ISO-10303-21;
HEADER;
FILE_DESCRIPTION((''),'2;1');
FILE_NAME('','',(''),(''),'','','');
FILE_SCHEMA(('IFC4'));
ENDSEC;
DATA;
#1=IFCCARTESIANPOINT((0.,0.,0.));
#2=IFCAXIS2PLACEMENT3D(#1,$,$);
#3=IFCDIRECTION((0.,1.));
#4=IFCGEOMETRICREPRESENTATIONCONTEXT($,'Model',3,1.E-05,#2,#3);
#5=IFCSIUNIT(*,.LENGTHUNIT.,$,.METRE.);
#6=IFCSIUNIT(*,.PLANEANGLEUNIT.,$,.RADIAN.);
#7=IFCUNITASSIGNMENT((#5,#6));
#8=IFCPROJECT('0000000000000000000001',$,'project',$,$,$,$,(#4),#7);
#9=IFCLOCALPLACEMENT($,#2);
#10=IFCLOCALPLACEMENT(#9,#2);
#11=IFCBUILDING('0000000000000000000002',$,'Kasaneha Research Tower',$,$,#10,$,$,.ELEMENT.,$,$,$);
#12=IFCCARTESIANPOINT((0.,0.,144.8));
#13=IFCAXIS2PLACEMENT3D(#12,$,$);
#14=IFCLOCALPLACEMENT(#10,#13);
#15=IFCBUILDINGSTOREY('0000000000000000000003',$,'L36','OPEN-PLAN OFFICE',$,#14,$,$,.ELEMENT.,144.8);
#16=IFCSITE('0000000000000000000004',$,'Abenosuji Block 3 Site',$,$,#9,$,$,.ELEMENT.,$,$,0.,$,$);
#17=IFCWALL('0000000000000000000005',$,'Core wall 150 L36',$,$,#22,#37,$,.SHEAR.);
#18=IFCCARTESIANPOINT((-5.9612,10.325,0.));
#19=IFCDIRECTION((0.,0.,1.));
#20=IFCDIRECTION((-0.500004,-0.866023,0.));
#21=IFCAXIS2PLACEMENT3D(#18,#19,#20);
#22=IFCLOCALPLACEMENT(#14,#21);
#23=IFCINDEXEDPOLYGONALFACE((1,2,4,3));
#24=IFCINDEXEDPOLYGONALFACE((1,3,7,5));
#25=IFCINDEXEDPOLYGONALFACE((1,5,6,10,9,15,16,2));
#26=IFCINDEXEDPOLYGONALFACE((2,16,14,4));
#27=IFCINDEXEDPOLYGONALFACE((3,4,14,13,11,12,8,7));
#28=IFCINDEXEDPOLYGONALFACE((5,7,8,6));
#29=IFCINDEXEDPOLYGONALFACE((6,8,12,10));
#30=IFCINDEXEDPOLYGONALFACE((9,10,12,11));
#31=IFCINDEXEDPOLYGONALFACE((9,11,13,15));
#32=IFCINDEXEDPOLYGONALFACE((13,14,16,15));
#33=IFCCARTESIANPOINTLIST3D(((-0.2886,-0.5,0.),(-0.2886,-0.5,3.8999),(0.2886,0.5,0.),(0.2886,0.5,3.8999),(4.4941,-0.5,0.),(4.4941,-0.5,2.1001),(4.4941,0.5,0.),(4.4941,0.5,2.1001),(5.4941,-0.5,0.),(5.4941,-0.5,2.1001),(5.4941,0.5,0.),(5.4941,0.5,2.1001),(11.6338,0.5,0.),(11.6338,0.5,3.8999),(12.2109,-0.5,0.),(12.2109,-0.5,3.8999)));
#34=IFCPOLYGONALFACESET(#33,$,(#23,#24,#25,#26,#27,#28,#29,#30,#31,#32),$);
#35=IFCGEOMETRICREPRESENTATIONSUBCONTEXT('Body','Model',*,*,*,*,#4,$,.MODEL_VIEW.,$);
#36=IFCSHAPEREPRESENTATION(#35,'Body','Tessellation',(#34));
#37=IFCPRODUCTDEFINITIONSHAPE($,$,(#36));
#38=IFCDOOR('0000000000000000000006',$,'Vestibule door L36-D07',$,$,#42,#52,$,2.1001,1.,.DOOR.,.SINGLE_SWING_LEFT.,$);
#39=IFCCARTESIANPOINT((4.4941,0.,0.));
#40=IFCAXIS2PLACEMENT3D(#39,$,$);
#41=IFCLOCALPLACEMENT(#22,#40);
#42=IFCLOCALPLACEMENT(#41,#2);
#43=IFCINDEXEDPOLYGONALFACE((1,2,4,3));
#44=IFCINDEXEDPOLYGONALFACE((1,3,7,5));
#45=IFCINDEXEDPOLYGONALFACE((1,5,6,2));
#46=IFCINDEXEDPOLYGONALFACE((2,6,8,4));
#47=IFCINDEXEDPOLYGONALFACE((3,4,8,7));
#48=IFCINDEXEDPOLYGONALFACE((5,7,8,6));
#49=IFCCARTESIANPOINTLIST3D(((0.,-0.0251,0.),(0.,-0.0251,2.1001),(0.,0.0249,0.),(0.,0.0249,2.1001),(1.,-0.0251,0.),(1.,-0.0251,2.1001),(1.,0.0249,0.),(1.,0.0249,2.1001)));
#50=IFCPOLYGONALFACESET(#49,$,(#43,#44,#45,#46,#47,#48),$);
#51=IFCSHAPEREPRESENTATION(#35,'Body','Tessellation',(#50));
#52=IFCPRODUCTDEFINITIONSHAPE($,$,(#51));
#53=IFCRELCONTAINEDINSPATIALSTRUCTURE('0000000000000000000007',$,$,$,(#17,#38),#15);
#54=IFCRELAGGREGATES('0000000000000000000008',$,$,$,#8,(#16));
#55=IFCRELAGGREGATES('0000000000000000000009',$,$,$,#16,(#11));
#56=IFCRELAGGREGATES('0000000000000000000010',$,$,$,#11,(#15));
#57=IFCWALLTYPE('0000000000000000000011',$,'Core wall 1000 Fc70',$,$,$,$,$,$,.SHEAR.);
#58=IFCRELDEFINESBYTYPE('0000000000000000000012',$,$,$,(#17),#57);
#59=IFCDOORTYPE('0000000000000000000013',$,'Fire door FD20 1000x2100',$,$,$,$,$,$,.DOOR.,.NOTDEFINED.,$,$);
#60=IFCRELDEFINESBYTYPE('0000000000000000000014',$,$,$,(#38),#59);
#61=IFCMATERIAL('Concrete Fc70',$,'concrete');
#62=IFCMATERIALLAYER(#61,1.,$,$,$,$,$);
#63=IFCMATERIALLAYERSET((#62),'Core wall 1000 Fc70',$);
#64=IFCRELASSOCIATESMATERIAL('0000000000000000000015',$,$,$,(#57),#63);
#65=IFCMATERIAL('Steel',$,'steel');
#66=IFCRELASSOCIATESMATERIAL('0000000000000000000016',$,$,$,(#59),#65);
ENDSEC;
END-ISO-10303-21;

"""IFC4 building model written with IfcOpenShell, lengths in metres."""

from ifc_helpers import new_model, si_unit, direction, frame, frame_2d, origin, place, context, subcontext, project, spatial, polyline, rectangle, outline, extrude, material, layer, layer_set, type_object, element, fill, save


model = new_model("IFC4")

# Units and contexts
model_context = context("Model", 3, precision=1e-05, world=origin(), true_north=direction((0.0, 1.0)))
body_context = subcontext(model_context, "Body", "Model", "MODEL_VIEW")
ifc_project = project(units=[si_unit("LENGTHUNIT", "METRE"), si_unit("PLANEANGLEUNIT", "RADIAN")], contexts=[model_context])

# Site, building, storey
site_placement = place(None, origin())
site = spatial("IfcSite", under=ifc_project, at=site_placement, Name="Abenosuji Block 3 Site", CompositionType="ELEMENT", RefElevation=0.0)
building_placement = place(site_placement, origin())
building = spatial("IfcBuilding", under=site, at=building_placement, Name="Kasaneha Research Tower", CompositionType="ELEMENT")
storey_placement = place(building_placement, frame((0.0, 0.0, 144.8)))
storey = spatial("IfcBuildingStorey", under=building, at=storey_placement, Name="L36", Description="OPEN-PLAN OFFICE", CompositionType="ELEMENT", Elevation=144.8)

# Wall, opening, door
ifc_material_1 = material(Name="Concrete Fc70", Category="concrete")
ifc_layer_1 = layer(ifc_material_1, 1.0)
ifc_layer_set_1 = layer_set([ifc_layer_1], Name="Core wall 1000 Fc70")
wall_type_1 = type_object("IfcWallType", Name="Core wall 1000 Fc70", PredefinedType="SHEAR", material=ifc_layer_set_1)
wall_1_placement = place(storey_placement, frame((-5.9612, 10.325, 0.0), z_axis=(0.0, 0.0, 1.0), x_axis=(-0.500004, -0.866023, 0.0)))
wall_1 = element("IfcWall", 1, at=wall_1_placement, inside=storey, type_object=wall_type_1, Name="Core wall 150 L36", PredefinedType="SHEAR", context=body_context, shape_type="SweptSolid", body=[
    extrude(outline(polyline([(-0.2886, -0.5), (4.4941, -0.5), (5.4941, -0.5), (12.2109, -0.5), (11.6338, 0.5), (5.4941, 0.5), (4.4941, 0.5), (0.2886, 0.5), (-0.2886, -0.5)])), origin(), (0.0, 0.0, 1.0), 3.8999),
])
opening_1_placement = place(wall_1_placement, frame((4.4941, 0.0, 0.0)))
opening_1 = element("IfcOpeningElement", 2, at=opening_1_placement, cuts=wall_1, PredefinedType="OPENING", context=body_context, shape_type="SweptSolid", body=[
    extrude(rectangle(XDim=1.0, YDim=2.1001, at=frame_2d((0.5, 1.05))), frame((0.0, 0.51, 0.0), z_axis=(0.0, -1.0, 0.0), x_axis=(1.0, 0.0, 0.0)), (0.0, 0.0, 1.0), 1.02),
])
ifc_material_2 = material(Name="Steel", Category="steel")
door_type_1 = type_object("IfcDoorType", Name="Fire door FD20 1000x2100", OperationType="NOTDEFINED", PredefinedType="DOOR", material=ifc_material_2)
door_1_placement = place(opening_1_placement, origin())
door_1 = element("IfcDoor", 3, at=door_1_placement, inside=storey, type_object=door_type_1, Name="Vestibule door L36-D07", OperationType="SINGLE_SWING_LEFT", OverallHeight=2.1001, OverallWidth=1.0, PredefinedType="DOOR", context=body_context, shape_type="SweptSolid", body=[
    extrude(rectangle(XDim=1.0, YDim=2.1001, at=frame_2d((0.5, 1.05))), frame((0.0, 0.0249, 0.0), z_axis=(0.0, -1.0, 0.0), x_axis=(1.0, 0.0, 0.0)), (0.0, 0.0, 1.0), 0.05),
])
fill(opening_1, door_1)

save(model, "model.ifc")
